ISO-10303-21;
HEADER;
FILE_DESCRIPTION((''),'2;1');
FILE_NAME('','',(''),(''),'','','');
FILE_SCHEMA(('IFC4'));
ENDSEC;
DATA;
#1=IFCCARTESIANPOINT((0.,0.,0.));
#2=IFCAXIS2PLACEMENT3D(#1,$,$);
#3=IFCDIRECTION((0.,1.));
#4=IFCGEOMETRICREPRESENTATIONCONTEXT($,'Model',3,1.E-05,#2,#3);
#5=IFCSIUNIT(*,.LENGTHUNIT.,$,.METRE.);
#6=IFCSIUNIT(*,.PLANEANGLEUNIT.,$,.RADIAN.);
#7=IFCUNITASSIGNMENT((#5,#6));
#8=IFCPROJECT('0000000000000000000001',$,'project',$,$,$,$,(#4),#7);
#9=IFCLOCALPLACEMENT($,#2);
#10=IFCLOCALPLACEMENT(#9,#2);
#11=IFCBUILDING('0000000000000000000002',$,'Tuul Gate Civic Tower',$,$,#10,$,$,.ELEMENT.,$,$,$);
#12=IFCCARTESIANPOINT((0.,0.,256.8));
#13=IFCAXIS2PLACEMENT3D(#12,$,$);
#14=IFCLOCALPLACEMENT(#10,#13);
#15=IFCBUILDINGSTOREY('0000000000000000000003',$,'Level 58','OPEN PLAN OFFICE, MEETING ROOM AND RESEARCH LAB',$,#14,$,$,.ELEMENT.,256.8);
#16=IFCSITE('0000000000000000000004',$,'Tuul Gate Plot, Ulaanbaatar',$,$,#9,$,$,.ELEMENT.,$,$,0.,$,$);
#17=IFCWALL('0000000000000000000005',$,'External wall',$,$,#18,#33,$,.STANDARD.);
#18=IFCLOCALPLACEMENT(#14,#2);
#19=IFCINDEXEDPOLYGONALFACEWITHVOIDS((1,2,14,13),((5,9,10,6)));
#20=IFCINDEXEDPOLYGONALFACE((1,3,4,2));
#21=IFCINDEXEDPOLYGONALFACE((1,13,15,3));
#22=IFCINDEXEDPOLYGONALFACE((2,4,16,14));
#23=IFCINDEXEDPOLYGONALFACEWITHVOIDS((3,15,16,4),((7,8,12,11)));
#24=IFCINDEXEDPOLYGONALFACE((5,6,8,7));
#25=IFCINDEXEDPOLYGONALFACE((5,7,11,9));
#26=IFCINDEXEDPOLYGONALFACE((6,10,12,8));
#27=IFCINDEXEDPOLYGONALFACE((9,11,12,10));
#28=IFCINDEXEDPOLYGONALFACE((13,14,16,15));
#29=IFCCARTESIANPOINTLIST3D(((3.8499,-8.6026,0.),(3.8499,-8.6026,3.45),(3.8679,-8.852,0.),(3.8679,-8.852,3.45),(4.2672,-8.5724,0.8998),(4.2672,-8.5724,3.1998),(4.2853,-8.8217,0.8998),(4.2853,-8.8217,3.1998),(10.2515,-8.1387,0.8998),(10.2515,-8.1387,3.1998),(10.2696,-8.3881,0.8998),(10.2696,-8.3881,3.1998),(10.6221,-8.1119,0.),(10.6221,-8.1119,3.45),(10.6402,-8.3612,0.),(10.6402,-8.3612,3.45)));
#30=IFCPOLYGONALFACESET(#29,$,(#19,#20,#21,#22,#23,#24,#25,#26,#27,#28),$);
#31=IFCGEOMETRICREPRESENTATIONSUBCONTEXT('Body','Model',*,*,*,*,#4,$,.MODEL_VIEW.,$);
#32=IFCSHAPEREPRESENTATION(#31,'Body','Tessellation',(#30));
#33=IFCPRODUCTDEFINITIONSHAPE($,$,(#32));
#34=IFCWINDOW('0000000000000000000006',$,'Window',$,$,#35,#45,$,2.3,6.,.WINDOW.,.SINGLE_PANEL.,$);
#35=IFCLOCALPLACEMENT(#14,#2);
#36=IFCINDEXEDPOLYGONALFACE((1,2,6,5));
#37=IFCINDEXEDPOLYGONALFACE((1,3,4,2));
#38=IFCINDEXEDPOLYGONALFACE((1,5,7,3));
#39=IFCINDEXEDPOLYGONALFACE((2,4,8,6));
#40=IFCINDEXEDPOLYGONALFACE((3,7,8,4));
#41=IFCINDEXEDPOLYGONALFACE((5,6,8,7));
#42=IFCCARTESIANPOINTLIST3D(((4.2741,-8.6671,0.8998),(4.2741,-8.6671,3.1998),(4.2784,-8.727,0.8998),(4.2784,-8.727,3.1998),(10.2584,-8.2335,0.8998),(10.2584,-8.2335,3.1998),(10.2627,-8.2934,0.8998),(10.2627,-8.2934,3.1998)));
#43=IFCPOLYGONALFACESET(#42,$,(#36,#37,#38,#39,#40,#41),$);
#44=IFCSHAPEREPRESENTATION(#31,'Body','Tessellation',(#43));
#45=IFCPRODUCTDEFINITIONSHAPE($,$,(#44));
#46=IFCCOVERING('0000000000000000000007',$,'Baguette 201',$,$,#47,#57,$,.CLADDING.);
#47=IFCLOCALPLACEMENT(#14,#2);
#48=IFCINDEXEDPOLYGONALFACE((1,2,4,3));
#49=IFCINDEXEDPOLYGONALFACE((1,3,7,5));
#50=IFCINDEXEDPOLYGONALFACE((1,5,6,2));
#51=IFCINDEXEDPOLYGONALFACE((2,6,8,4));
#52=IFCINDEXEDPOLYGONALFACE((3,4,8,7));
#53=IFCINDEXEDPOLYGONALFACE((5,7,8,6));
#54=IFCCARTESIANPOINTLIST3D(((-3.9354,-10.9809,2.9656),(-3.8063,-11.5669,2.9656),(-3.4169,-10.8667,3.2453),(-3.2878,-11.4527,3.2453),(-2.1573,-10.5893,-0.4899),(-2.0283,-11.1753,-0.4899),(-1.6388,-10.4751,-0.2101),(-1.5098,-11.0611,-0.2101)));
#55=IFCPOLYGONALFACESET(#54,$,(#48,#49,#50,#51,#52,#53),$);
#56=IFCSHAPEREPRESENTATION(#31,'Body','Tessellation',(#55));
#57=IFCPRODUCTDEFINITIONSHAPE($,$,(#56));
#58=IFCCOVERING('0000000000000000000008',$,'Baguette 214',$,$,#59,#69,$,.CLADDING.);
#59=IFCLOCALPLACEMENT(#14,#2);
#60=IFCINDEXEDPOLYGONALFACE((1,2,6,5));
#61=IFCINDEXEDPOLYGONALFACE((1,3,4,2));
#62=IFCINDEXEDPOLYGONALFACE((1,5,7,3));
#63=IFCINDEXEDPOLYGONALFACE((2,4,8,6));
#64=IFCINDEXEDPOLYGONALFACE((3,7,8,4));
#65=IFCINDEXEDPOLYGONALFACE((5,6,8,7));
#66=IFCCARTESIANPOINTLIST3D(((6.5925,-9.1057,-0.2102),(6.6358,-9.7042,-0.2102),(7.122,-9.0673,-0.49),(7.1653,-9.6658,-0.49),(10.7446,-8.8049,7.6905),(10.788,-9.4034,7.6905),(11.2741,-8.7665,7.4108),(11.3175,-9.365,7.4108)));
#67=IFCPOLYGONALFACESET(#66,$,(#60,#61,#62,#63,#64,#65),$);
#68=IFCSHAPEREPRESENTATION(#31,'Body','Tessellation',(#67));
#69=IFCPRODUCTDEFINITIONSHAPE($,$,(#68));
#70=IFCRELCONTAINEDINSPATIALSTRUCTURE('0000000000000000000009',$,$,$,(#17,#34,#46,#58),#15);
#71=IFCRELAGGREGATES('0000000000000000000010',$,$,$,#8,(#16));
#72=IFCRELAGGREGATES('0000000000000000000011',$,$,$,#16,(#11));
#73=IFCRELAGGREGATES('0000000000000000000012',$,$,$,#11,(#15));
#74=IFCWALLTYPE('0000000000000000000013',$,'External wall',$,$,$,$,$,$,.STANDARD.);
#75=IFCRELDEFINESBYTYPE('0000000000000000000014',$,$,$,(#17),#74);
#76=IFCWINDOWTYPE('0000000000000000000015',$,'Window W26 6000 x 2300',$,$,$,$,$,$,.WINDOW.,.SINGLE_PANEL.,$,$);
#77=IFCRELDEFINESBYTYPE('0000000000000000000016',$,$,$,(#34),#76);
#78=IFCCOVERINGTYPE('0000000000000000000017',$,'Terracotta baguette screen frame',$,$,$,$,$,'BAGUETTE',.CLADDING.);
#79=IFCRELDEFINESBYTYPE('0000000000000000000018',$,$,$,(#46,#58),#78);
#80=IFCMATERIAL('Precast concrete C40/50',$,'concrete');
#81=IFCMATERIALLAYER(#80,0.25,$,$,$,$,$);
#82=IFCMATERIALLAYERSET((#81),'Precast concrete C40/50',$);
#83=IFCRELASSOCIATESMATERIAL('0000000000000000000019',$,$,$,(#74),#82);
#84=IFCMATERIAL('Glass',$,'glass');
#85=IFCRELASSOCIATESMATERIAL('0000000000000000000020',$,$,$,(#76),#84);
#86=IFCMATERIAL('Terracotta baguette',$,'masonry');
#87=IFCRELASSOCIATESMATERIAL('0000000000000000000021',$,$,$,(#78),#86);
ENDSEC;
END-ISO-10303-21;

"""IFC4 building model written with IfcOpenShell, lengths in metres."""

from ifc_helpers import new_model, si_unit, direction, frame, frame_2d, origin, origin_2d, place, context, subcontext, project, spatial, rectangle, extrude, material, layer, layer_set, material_profile, profile_set, type_object, element, fill, save


model = new_model("IFC4")

# Units and contexts
model_context = context("Model", 3, precision=1e-05, world=origin(), true_north=direction((0.0, 1.0)))
body_context = subcontext(model_context, "Body", "Model", "MODEL_VIEW")
ifc_project = project(units=[si_unit("LENGTHUNIT", "METRE"), si_unit("PLANEANGLEUNIT", "RADIAN")], contexts=[model_context])

# Site, building, storey
site_placement = place(None, origin())
site = spatial("IfcSite", under=ifc_project, at=site_placement, Name="Tuul Gate Plot, Ulaanbaatar", CompositionType="ELEMENT", RefElevation=0.0)
building_placement = place(site_placement, origin())
building = spatial("IfcBuilding", under=site, at=building_placement, Name="Tuul Gate Civic Tower", CompositionType="ELEMENT")
storey_placement = place(building_placement, frame((0.0, 0.0, 256.8)))
storey = spatial("IfcBuildingStorey", under=building, at=storey_placement, Name="Level 58", Description="OPEN PLAN OFFICE, MEETING ROOM AND RESEARCH LAB", CompositionType="ELEMENT", Elevation=256.8)

# Wall, opening, window
ifc_material_1 = material(Name="Precast concrete C40/50", Category="concrete")
ifc_layer_1 = layer(ifc_material_1, 0.25)
ifc_layer_set_1 = layer_set([ifc_layer_1], Name="Precast concrete C40/50")
wall_type_1 = type_object("IfcWallType", Name="External wall", PredefinedType="STANDARD", material=ifc_layer_set_1)
ifc_material_2 = material(Name="Glass", Category="glass")
window_type = type_object("IfcWindowType", Name="Window W26 6000 x 2300", PartitioningType="SINGLE_PANEL", PredefinedType="WINDOW", material=ifc_material_2)
wall_1_placement = place(storey_placement, frame((3.8589, -8.7273, 0.0), z_axis=(0.0, 0.0, 1.0), x_axis=(0.997385, 0.072272, 0.0)))
wall_1 = element("IfcWall", 1, at=wall_1_placement, inside=storey, type_object=wall_type_1, Name="External wall", PredefinedType="STANDARD", context=body_context, shape_type="SweptSolid", body=[
    extrude(rectangle(XDim=6.79, YDim=0.25, at=frame_2d((3.395, 0.0))), origin(), (0.0, 0.0, 1.0), 3.45),
])
opening_1_placement = place(wall_1_placement, frame((0.4185, 0.0, 0.8999)))
opening_1 = element("IfcOpeningElement", 2, at=opening_1_placement, cuts=wall_1, PredefinedType="OPENING", context=body_context, shape_type="SweptSolid", body=[
    extrude(rectangle(XDim=6.0, YDim=2.3, at=frame_2d((3.0, 1.1499))), frame((0.0, 0.135, 0.0), z_axis=(0.0, -1.0, 0.0), x_axis=(1.0, 0.0, 0.0)), (0.0, 0.0, 1.0), 0.27),
])
window_1_placement = place(opening_1_placement, origin())
window_1 = element("IfcWindow", 3, at=window_1_placement, inside=storey, type_object=window_type, Name="Window", OverallHeight=2.3, OverallWidth=6.0, PartitioningType="SINGLE_PANEL", PredefinedType="WINDOW", context=body_context, shape_type="SweptSolid", body=[
    extrude(rectangle(XDim=6.0, YDim=2.3, at=frame_2d((3.0, 1.1499))), frame((0.0, 0.03, 0.0), z_axis=(0.0, -1.0, 0.0), x_axis=(1.0, 0.0, 0.0)), (0.0, 0.0, 1.0), 0.0601),
])
fill(opening_1, window_1)

# Coverings
ifc_material_3 = material(Name="Terracotta baguette", Category="masonry")
ifc_material_profile_1 = material_profile(ifc_material_3, rectangle(XDim=0.6001, YDim=0.6001, at=origin_2d()), Name="Terracotta baguette screen frame")
ifc_profile_set_1 = profile_set([ifc_material_profile_1], Name="Terracotta baguette")
covering_type = type_object("IfcCoveringType", Name="Terracotta baguette screen frame", ElementType="BAGUETTE", PredefinedType="CLADDING", material=ifc_profile_set_1)
covering_1_placement = place(storey_placement, frame((-3.6116, -11.2168, 3.1055), z_axis=(0.455231, 0.10026, -0.88471), x_axis=(-0.215084, 0.976595, 0.0)))
element("IfcCovering", 4, at=covering_1_placement, inside=storey, type_object=covering_type, Name="Baguette 201", PredefinedType="CLADDING", context=body_context, shape_type="SweptSolid", body=[
    extrude(rectangle(XDim=0.6001, YDim=0.6001, at=origin_2d()), origin(), (0.0, 0.0, 1.0), 3.9058),
])
covering_2_placement = place(storey_placement, frame((6.8789, -9.3857, -0.3501), z_axis=(0.464945, 0.033681, 0.884699), x_axis=(-0.072251, 0.997386, 0.0)))
element("IfcCovering", 5, at=covering_2_placement, inside=storey, type_object=covering_type, Name="Baguette 214", PredefinedType="CLADDING", context=body_context, shape_type="SweptSolid", body=[
    extrude(rectangle(XDim=0.6001, YDim=0.6001, at=origin_2d()), origin(), (0.0, 0.0, 1.0), 8.9304),
])

save(model, "model.ifc")
